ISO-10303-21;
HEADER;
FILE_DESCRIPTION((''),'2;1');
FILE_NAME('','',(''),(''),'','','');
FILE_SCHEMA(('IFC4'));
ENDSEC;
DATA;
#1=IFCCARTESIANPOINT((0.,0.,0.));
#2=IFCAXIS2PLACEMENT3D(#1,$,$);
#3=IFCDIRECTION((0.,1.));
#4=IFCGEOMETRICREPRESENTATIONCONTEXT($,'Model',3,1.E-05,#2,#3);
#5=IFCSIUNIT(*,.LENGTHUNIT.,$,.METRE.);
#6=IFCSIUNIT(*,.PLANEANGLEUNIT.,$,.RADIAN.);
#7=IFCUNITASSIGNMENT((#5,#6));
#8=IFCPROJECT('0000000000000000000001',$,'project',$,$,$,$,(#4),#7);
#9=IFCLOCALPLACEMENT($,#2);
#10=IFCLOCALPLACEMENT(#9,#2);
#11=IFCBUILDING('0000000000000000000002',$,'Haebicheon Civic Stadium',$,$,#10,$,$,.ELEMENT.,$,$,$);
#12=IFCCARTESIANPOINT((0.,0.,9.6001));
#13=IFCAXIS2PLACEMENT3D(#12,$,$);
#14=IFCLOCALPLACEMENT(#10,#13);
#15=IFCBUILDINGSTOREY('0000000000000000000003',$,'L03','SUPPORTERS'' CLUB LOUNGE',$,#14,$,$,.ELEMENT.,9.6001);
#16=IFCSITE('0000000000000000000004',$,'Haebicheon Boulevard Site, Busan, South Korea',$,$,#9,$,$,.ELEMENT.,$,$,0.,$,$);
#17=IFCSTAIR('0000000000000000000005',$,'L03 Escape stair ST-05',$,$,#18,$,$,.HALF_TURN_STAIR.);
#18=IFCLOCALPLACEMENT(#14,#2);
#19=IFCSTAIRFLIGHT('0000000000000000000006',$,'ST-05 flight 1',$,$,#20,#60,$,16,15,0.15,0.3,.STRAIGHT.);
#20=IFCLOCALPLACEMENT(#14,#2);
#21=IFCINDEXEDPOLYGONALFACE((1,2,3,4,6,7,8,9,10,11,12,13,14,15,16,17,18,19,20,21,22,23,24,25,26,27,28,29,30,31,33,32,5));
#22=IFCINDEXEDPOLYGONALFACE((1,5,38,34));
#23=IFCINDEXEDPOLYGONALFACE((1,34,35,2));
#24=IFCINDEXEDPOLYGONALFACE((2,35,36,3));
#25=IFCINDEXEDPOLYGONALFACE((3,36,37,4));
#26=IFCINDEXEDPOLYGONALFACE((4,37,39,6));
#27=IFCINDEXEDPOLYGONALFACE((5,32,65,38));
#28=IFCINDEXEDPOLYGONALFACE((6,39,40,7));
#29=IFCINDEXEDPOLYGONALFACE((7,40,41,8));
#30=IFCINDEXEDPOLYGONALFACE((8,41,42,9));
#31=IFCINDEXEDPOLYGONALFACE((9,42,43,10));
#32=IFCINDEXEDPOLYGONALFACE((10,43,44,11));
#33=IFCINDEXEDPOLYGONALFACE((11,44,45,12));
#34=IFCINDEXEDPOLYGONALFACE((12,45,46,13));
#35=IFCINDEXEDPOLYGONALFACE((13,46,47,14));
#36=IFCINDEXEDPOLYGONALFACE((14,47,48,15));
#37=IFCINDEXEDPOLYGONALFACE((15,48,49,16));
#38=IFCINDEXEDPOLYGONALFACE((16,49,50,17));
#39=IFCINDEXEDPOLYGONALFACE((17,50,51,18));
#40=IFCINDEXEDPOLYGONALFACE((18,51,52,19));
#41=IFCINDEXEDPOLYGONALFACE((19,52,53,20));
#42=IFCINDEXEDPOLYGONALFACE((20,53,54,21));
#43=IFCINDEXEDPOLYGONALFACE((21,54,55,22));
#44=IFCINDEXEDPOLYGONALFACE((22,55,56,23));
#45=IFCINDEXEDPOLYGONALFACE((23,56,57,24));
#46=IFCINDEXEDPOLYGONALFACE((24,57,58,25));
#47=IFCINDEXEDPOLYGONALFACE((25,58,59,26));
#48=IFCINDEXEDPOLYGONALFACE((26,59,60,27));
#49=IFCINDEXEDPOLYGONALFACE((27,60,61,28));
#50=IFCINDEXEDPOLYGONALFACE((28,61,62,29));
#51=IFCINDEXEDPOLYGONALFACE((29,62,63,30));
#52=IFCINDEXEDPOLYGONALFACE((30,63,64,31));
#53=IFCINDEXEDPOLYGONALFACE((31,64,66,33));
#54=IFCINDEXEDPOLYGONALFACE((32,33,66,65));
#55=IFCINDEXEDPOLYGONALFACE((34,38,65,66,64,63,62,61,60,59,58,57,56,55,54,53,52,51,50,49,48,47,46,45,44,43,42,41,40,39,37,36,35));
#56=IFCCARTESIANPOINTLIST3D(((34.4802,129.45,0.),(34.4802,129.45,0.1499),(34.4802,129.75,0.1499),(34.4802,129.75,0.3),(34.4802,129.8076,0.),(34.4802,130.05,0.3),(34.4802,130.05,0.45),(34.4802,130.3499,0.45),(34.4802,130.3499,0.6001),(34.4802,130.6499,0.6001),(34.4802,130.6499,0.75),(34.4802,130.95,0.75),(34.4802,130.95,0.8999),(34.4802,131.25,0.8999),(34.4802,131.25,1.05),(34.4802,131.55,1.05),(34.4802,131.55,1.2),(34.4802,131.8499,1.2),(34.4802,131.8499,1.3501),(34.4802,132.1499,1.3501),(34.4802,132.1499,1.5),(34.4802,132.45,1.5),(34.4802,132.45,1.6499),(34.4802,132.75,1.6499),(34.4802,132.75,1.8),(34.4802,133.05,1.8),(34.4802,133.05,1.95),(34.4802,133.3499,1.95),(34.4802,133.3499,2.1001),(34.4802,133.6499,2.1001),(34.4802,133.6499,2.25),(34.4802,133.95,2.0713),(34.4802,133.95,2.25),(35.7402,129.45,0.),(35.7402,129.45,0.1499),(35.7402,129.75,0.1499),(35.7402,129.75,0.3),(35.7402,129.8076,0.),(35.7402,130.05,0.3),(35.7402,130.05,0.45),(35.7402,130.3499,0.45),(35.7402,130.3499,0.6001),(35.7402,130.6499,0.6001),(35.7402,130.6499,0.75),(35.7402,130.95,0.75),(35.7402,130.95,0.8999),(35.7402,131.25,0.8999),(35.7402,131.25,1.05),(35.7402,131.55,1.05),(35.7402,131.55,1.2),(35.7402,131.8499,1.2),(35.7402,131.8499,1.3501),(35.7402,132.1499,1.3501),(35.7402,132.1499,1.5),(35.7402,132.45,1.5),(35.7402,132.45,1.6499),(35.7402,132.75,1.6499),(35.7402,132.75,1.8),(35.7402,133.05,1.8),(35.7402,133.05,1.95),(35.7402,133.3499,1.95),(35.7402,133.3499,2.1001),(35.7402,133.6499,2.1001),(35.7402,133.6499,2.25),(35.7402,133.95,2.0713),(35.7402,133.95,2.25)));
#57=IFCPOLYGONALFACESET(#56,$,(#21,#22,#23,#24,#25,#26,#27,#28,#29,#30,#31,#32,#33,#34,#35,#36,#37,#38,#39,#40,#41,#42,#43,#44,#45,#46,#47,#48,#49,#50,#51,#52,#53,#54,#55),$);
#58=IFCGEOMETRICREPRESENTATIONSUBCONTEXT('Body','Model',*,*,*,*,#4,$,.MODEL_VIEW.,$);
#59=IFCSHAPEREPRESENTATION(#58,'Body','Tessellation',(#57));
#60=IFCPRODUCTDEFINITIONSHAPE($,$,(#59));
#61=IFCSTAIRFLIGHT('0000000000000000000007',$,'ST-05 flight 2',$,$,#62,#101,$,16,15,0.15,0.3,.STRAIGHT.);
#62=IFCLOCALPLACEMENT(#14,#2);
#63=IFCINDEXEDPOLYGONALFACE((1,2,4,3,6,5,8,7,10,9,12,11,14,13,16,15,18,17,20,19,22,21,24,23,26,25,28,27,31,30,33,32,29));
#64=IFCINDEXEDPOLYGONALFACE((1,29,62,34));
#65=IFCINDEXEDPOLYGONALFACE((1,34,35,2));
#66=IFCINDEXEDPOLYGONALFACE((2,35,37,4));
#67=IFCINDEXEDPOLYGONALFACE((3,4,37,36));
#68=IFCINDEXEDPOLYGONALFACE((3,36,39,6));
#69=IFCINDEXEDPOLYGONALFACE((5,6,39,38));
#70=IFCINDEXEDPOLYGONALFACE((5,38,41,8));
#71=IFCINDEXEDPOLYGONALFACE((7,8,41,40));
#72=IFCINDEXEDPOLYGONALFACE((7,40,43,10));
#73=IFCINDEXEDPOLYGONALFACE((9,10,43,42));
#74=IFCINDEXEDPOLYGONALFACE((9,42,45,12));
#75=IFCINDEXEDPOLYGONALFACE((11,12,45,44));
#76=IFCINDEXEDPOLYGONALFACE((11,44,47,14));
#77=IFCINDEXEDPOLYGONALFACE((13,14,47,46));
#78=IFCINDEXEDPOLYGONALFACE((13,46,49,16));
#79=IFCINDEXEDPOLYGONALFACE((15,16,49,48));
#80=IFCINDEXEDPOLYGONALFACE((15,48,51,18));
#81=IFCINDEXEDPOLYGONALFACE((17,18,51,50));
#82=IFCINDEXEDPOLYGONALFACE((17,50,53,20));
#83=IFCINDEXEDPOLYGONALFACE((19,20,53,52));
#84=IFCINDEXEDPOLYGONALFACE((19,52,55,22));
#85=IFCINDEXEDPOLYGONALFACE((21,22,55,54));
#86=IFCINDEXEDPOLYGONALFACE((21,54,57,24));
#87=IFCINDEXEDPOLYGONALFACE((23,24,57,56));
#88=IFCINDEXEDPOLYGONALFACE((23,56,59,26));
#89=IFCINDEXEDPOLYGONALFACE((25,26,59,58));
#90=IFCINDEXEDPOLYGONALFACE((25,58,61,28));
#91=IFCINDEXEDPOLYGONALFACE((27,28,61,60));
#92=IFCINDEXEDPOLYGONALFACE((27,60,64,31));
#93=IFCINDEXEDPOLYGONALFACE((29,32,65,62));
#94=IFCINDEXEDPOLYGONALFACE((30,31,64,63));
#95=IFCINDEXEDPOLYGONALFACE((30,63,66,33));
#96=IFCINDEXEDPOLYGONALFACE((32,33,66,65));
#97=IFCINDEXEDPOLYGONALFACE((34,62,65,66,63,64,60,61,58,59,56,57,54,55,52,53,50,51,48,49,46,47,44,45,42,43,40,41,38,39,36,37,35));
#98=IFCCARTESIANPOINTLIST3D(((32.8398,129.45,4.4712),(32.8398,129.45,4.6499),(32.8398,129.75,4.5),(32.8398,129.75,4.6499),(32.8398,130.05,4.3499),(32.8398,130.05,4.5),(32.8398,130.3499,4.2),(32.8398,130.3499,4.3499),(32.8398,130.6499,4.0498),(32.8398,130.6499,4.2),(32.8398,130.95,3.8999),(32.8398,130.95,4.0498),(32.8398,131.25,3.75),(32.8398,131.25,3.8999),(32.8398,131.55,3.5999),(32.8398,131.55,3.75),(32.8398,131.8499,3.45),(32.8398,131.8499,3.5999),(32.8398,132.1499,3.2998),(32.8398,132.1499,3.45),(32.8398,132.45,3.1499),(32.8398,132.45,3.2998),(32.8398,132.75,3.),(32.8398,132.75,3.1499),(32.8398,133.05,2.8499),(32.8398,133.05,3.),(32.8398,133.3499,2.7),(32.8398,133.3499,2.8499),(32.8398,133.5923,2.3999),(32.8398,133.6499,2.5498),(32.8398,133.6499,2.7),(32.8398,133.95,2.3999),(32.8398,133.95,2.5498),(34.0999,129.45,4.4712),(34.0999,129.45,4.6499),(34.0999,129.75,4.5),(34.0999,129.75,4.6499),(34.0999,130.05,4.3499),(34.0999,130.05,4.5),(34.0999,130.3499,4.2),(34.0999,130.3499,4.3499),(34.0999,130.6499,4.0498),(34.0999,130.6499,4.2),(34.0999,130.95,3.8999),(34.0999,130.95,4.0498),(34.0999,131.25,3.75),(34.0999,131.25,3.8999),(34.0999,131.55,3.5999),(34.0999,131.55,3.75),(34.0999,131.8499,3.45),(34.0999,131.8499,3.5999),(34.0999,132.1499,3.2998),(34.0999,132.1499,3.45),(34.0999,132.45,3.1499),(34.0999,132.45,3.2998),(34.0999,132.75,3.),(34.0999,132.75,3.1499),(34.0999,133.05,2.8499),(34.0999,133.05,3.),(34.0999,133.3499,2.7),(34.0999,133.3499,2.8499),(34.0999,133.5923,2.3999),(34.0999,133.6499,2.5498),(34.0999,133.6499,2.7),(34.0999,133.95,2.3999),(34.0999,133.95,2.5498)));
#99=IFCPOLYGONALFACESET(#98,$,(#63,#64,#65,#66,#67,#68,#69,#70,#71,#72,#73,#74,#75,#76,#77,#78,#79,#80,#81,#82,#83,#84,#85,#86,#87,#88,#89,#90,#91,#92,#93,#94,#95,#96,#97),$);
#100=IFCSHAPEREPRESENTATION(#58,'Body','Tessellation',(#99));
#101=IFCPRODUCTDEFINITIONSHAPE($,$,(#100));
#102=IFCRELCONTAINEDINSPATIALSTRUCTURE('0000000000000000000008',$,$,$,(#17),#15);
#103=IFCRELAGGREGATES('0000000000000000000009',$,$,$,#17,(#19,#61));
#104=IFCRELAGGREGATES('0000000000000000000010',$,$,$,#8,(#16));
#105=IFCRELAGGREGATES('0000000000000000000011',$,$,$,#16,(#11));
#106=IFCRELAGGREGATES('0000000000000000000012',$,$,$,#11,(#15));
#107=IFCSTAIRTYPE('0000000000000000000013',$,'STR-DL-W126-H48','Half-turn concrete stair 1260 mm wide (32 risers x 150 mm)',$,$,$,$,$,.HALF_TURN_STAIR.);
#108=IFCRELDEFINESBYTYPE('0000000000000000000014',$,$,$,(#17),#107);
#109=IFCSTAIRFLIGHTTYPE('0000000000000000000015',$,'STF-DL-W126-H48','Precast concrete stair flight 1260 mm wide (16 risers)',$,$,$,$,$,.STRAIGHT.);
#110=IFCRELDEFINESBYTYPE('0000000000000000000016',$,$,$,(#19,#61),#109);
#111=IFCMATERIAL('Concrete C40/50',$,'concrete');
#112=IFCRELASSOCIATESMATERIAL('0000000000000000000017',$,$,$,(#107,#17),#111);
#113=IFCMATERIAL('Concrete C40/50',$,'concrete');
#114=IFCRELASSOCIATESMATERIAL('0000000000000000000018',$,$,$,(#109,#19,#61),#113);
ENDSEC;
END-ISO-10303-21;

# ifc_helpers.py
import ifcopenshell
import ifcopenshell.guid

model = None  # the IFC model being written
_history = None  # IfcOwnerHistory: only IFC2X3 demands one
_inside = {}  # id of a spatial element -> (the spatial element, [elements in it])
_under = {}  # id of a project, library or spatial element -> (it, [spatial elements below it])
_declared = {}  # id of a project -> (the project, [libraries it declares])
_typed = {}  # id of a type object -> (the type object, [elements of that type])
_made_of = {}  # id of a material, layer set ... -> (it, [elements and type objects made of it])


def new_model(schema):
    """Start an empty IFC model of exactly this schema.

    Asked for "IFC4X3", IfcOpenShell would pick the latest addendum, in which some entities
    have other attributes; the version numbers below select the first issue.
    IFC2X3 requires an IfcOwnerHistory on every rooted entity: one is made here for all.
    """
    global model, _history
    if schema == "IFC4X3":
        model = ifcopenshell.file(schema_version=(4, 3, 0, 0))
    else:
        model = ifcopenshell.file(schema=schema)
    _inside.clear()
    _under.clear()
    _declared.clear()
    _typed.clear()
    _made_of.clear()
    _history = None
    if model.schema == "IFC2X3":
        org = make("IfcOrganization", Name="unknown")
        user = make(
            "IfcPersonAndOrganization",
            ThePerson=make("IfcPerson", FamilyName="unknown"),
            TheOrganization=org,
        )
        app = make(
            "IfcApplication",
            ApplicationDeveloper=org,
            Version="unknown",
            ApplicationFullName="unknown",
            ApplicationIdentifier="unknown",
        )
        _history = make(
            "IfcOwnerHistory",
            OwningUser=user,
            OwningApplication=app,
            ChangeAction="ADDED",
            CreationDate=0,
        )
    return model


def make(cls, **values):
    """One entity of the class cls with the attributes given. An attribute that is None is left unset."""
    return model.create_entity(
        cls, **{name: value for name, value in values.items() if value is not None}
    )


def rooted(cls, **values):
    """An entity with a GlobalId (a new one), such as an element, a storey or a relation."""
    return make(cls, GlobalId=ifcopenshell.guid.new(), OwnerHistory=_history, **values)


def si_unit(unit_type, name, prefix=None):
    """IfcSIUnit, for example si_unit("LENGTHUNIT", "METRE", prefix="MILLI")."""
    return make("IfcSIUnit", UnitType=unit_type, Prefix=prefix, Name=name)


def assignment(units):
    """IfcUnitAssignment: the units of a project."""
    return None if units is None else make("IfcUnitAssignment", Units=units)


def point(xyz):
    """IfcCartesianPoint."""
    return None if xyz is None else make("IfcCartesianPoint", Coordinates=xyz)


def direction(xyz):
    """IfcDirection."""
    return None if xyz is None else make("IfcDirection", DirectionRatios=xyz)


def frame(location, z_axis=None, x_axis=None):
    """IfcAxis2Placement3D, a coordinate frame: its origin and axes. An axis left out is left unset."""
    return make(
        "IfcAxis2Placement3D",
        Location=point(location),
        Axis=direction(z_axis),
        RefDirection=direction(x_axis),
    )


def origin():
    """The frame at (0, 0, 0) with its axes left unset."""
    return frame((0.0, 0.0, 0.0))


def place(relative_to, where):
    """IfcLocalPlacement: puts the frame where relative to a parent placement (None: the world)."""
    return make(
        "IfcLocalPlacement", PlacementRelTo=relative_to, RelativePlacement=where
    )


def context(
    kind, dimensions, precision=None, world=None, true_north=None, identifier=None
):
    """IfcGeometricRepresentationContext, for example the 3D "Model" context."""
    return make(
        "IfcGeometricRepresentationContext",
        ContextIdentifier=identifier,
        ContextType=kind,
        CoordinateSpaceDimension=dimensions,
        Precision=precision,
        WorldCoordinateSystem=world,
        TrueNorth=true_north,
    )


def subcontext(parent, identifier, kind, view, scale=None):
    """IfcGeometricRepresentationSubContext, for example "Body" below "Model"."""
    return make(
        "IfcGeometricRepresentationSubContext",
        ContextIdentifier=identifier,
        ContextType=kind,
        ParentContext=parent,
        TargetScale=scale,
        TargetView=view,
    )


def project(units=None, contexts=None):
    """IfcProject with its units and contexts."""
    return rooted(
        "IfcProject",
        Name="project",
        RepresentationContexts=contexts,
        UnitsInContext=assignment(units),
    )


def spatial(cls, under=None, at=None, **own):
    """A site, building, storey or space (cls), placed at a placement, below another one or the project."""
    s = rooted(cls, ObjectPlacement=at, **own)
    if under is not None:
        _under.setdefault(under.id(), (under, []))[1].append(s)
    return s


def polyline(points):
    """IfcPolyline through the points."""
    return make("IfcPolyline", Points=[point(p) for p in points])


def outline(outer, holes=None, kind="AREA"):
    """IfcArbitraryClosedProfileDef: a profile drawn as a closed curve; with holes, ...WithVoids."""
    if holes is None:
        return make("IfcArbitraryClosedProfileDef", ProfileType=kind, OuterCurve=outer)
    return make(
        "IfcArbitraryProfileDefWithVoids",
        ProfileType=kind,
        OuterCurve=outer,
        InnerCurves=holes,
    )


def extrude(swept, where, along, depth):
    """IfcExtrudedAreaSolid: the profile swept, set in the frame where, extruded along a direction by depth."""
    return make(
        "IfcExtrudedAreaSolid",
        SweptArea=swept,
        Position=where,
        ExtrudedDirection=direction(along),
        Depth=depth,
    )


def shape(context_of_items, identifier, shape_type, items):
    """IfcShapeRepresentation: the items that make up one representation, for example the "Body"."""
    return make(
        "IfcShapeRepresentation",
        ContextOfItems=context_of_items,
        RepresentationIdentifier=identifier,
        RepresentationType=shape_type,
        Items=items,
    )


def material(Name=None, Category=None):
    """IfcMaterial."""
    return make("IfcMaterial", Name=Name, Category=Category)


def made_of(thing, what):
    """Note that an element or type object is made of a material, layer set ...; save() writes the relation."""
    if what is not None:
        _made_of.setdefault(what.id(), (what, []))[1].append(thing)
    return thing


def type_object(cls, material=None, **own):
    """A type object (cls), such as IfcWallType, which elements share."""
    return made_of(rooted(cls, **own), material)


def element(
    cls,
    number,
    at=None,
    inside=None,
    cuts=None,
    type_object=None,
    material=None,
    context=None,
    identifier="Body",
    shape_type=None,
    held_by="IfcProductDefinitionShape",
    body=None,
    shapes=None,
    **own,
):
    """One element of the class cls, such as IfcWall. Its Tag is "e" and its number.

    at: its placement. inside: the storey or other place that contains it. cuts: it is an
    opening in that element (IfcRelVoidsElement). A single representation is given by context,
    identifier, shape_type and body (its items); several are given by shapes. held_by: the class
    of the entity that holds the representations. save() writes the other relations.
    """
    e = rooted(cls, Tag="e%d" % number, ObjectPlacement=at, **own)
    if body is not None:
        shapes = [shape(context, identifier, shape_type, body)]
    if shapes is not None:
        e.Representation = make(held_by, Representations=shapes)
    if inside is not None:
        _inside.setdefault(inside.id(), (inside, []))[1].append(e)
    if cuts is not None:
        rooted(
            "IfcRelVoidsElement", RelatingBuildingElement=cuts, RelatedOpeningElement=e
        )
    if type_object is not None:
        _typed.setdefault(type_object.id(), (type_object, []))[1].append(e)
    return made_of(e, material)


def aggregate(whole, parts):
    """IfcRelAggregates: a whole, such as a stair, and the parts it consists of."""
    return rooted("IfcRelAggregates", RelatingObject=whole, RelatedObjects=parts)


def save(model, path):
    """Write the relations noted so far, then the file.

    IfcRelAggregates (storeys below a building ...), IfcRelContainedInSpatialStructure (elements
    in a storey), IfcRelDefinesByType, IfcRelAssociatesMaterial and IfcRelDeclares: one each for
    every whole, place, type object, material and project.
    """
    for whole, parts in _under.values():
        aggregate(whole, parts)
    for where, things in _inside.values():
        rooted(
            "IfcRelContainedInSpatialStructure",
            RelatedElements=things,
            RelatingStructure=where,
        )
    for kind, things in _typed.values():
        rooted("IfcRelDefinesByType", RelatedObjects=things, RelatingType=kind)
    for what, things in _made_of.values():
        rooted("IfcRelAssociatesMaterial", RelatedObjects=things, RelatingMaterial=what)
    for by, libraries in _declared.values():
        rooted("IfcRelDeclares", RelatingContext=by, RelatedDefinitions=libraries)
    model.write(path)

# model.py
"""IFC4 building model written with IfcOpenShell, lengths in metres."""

from ifc_helpers import new_model, si_unit, direction, frame, origin, place, context, subcontext, project, spatial, polyline, outline, extrude, material, type_object, element, aggregate, save


model = new_model("IFC4")

# Units and contexts
model_context = context("Model", 3, precision=1e-05, world=origin(), true_north=direction((0.0, 1.0)))
body_context = subcontext(model_context, "Body", "Model", "MODEL_VIEW")
ifc_project = project(units=[si_unit("LENGTHUNIT", "METRE"), si_unit("PLANEANGLEUNIT", "RADIAN")], contexts=[model_context])

# Site, building, storey
site_placement = place(None, origin())
site = spatial("IfcSite", under=ifc_project, at=site_placement, Name="Haebicheon Boulevard Site, Busan, South Korea", CompositionType="ELEMENT", RefElevation=0.0)
building_placement = place(site_placement, origin())
building = spatial("IfcBuilding", under=site, at=building_placement, Name="Haebicheon Civic Stadium", CompositionType="ELEMENT")
storey_placement = place(building_placement, frame((0.0, 0.0, 9.6001)))
storey = spatial("IfcBuildingStorey", under=building, at=storey_placement, Name="L03", Description="SUPPORTERS' CLUB LOUNGE", CompositionType="ELEMENT", Elevation=9.6001)

# Stair, stair flights
ifc_material_1 = material(Name="Concrete C40/50", Category="concrete")
stair_type = type_object("IfcStairType", Name="STR-DL-W126-H48", Description="Half-turn concrete stair 1260 mm wide (32 risers x 150 mm)", PredefinedType="HALF_TURN_STAIR", material=ifc_material_1)
stair_placement = place(storey_placement, origin())
stair = element("IfcStair", 1, at=stair_placement, inside=storey, type_object=stair_type, material=ifc_material_1, Name="L03 Escape stair ST-05", PredefinedType="HALF_TURN_STAIR")
ifc_material_2 = material(Name="Concrete C40/50", Category="concrete")
stair_flight_type = type_object("IfcStairFlightType", Name="STF-DL-W126-H48", Description="Precast concrete stair flight 1260 mm wide (16 risers)", PredefinedType="STRAIGHT", material=ifc_material_2)
stair_flight_1_placement = place(storey_placement, frame((35.1101, 129.45, 0.0), z_axis=(0.0, 0.0, 1.0), x_axis=(0.0, 1.0, 0.0)))
stair_flight_1 = element("IfcStairFlight", 2, at=stair_flight_1_placement, type_object=stair_flight_type, material=ifc_material_2, Name="ST-05 flight 1", NumberOfRisers=16, NumberOfTreads=15, PredefinedType="STRAIGHT", RiserHeight=0.15, TreadLength=0.3, context=body_context, shape_type="SweptSolid", body=[
    extrude(outline(polyline([(0.0, 0.0), (0.0, 0.1499), (0.3, 0.1499), (0.3, 0.3), (0.6001, 0.3), (0.6001, 0.45), (0.8999, 0.45), (0.8999, 0.6001), (1.2, 0.6001), (1.2, 0.75), (1.5, 0.75), (1.5, 0.8999), (1.8, 0.8999), (1.8, 1.05), (2.1001, 1.05), (2.1001, 1.2), (2.3999, 1.2), (2.3999, 1.3501), (2.7, 1.3501), (2.7, 1.5), (3.0, 1.5), (3.0, 1.6499), (3.3, 1.6499), (3.3, 1.8), (3.6001, 1.8), (3.6001, 1.95), (3.8999, 1.95), (3.8999, 2.1001), (4.2, 2.1001), (4.2, 2.25), (4.5, 2.25), (4.5, 2.3999), (4.5, 2.0713), (0.3577, 0.0), (0.0, 0.0)])), frame((0.0, 0.6299, 0.0), z_axis=(0.0, -1.0, 0.0), x_axis=(1.0, 0.0, 0.0)), (0.0, 0.0, 1.0), 1.26),
])
stair_flight_2_placement = place(storey_placement, frame((33.47, 133.95, 2.3999), z_axis=(0.0, 0.0, 1.0), x_axis=(0.0, -1.0, 0.0)))
stair_flight_2 = element("IfcStairFlight", 3, at=stair_flight_2_placement, type_object=stair_flight_type, material=ifc_material_2, Name="ST-05 flight 2", NumberOfRisers=16, NumberOfTreads=15, PredefinedType="STRAIGHT", RiserHeight=0.15, TreadLength=0.3, context=body_context, shape_type="SweptSolid", body=[
    extrude(outline(polyline([(0.0, 0.0), (0.0, 0.1499), (0.3, 0.1499), (0.3, 0.3), (0.6001, 0.3), (0.6001, 0.45), (0.8999, 0.45), (0.8999, 0.6001), (1.2, 0.6001), (1.2, 0.75), (1.5, 0.75), (1.5, 0.8999), (1.8, 0.8999), (1.8, 1.05), (2.1001, 1.05), (2.1001, 1.2), (2.3999, 1.2), (2.3999, 1.3501), (2.7, 1.3501), (2.7, 1.5), (3.0, 1.5), (3.0, 1.6499), (3.3, 1.6499), (3.3, 1.8), (3.6001, 1.8), (3.6001, 1.95), (3.8999, 1.95), (3.8999, 2.1001), (4.2, 2.1001), (4.2, 2.25), (4.5, 2.25), (4.5, 2.3999), (4.5, 2.0713), (0.3577, 0.0), (0.0, 0.0)])), frame((0.0, 0.6299, 0.0), z_axis=(0.0, -1.0, 0.0), x_axis=(1.0, 0.0, 0.0)), (0.0, 0.0, 1.0), 1.26),
])
aggregate(stair, [stair_flight_1, stair_flight_2])

save(model, "model.ifc")
